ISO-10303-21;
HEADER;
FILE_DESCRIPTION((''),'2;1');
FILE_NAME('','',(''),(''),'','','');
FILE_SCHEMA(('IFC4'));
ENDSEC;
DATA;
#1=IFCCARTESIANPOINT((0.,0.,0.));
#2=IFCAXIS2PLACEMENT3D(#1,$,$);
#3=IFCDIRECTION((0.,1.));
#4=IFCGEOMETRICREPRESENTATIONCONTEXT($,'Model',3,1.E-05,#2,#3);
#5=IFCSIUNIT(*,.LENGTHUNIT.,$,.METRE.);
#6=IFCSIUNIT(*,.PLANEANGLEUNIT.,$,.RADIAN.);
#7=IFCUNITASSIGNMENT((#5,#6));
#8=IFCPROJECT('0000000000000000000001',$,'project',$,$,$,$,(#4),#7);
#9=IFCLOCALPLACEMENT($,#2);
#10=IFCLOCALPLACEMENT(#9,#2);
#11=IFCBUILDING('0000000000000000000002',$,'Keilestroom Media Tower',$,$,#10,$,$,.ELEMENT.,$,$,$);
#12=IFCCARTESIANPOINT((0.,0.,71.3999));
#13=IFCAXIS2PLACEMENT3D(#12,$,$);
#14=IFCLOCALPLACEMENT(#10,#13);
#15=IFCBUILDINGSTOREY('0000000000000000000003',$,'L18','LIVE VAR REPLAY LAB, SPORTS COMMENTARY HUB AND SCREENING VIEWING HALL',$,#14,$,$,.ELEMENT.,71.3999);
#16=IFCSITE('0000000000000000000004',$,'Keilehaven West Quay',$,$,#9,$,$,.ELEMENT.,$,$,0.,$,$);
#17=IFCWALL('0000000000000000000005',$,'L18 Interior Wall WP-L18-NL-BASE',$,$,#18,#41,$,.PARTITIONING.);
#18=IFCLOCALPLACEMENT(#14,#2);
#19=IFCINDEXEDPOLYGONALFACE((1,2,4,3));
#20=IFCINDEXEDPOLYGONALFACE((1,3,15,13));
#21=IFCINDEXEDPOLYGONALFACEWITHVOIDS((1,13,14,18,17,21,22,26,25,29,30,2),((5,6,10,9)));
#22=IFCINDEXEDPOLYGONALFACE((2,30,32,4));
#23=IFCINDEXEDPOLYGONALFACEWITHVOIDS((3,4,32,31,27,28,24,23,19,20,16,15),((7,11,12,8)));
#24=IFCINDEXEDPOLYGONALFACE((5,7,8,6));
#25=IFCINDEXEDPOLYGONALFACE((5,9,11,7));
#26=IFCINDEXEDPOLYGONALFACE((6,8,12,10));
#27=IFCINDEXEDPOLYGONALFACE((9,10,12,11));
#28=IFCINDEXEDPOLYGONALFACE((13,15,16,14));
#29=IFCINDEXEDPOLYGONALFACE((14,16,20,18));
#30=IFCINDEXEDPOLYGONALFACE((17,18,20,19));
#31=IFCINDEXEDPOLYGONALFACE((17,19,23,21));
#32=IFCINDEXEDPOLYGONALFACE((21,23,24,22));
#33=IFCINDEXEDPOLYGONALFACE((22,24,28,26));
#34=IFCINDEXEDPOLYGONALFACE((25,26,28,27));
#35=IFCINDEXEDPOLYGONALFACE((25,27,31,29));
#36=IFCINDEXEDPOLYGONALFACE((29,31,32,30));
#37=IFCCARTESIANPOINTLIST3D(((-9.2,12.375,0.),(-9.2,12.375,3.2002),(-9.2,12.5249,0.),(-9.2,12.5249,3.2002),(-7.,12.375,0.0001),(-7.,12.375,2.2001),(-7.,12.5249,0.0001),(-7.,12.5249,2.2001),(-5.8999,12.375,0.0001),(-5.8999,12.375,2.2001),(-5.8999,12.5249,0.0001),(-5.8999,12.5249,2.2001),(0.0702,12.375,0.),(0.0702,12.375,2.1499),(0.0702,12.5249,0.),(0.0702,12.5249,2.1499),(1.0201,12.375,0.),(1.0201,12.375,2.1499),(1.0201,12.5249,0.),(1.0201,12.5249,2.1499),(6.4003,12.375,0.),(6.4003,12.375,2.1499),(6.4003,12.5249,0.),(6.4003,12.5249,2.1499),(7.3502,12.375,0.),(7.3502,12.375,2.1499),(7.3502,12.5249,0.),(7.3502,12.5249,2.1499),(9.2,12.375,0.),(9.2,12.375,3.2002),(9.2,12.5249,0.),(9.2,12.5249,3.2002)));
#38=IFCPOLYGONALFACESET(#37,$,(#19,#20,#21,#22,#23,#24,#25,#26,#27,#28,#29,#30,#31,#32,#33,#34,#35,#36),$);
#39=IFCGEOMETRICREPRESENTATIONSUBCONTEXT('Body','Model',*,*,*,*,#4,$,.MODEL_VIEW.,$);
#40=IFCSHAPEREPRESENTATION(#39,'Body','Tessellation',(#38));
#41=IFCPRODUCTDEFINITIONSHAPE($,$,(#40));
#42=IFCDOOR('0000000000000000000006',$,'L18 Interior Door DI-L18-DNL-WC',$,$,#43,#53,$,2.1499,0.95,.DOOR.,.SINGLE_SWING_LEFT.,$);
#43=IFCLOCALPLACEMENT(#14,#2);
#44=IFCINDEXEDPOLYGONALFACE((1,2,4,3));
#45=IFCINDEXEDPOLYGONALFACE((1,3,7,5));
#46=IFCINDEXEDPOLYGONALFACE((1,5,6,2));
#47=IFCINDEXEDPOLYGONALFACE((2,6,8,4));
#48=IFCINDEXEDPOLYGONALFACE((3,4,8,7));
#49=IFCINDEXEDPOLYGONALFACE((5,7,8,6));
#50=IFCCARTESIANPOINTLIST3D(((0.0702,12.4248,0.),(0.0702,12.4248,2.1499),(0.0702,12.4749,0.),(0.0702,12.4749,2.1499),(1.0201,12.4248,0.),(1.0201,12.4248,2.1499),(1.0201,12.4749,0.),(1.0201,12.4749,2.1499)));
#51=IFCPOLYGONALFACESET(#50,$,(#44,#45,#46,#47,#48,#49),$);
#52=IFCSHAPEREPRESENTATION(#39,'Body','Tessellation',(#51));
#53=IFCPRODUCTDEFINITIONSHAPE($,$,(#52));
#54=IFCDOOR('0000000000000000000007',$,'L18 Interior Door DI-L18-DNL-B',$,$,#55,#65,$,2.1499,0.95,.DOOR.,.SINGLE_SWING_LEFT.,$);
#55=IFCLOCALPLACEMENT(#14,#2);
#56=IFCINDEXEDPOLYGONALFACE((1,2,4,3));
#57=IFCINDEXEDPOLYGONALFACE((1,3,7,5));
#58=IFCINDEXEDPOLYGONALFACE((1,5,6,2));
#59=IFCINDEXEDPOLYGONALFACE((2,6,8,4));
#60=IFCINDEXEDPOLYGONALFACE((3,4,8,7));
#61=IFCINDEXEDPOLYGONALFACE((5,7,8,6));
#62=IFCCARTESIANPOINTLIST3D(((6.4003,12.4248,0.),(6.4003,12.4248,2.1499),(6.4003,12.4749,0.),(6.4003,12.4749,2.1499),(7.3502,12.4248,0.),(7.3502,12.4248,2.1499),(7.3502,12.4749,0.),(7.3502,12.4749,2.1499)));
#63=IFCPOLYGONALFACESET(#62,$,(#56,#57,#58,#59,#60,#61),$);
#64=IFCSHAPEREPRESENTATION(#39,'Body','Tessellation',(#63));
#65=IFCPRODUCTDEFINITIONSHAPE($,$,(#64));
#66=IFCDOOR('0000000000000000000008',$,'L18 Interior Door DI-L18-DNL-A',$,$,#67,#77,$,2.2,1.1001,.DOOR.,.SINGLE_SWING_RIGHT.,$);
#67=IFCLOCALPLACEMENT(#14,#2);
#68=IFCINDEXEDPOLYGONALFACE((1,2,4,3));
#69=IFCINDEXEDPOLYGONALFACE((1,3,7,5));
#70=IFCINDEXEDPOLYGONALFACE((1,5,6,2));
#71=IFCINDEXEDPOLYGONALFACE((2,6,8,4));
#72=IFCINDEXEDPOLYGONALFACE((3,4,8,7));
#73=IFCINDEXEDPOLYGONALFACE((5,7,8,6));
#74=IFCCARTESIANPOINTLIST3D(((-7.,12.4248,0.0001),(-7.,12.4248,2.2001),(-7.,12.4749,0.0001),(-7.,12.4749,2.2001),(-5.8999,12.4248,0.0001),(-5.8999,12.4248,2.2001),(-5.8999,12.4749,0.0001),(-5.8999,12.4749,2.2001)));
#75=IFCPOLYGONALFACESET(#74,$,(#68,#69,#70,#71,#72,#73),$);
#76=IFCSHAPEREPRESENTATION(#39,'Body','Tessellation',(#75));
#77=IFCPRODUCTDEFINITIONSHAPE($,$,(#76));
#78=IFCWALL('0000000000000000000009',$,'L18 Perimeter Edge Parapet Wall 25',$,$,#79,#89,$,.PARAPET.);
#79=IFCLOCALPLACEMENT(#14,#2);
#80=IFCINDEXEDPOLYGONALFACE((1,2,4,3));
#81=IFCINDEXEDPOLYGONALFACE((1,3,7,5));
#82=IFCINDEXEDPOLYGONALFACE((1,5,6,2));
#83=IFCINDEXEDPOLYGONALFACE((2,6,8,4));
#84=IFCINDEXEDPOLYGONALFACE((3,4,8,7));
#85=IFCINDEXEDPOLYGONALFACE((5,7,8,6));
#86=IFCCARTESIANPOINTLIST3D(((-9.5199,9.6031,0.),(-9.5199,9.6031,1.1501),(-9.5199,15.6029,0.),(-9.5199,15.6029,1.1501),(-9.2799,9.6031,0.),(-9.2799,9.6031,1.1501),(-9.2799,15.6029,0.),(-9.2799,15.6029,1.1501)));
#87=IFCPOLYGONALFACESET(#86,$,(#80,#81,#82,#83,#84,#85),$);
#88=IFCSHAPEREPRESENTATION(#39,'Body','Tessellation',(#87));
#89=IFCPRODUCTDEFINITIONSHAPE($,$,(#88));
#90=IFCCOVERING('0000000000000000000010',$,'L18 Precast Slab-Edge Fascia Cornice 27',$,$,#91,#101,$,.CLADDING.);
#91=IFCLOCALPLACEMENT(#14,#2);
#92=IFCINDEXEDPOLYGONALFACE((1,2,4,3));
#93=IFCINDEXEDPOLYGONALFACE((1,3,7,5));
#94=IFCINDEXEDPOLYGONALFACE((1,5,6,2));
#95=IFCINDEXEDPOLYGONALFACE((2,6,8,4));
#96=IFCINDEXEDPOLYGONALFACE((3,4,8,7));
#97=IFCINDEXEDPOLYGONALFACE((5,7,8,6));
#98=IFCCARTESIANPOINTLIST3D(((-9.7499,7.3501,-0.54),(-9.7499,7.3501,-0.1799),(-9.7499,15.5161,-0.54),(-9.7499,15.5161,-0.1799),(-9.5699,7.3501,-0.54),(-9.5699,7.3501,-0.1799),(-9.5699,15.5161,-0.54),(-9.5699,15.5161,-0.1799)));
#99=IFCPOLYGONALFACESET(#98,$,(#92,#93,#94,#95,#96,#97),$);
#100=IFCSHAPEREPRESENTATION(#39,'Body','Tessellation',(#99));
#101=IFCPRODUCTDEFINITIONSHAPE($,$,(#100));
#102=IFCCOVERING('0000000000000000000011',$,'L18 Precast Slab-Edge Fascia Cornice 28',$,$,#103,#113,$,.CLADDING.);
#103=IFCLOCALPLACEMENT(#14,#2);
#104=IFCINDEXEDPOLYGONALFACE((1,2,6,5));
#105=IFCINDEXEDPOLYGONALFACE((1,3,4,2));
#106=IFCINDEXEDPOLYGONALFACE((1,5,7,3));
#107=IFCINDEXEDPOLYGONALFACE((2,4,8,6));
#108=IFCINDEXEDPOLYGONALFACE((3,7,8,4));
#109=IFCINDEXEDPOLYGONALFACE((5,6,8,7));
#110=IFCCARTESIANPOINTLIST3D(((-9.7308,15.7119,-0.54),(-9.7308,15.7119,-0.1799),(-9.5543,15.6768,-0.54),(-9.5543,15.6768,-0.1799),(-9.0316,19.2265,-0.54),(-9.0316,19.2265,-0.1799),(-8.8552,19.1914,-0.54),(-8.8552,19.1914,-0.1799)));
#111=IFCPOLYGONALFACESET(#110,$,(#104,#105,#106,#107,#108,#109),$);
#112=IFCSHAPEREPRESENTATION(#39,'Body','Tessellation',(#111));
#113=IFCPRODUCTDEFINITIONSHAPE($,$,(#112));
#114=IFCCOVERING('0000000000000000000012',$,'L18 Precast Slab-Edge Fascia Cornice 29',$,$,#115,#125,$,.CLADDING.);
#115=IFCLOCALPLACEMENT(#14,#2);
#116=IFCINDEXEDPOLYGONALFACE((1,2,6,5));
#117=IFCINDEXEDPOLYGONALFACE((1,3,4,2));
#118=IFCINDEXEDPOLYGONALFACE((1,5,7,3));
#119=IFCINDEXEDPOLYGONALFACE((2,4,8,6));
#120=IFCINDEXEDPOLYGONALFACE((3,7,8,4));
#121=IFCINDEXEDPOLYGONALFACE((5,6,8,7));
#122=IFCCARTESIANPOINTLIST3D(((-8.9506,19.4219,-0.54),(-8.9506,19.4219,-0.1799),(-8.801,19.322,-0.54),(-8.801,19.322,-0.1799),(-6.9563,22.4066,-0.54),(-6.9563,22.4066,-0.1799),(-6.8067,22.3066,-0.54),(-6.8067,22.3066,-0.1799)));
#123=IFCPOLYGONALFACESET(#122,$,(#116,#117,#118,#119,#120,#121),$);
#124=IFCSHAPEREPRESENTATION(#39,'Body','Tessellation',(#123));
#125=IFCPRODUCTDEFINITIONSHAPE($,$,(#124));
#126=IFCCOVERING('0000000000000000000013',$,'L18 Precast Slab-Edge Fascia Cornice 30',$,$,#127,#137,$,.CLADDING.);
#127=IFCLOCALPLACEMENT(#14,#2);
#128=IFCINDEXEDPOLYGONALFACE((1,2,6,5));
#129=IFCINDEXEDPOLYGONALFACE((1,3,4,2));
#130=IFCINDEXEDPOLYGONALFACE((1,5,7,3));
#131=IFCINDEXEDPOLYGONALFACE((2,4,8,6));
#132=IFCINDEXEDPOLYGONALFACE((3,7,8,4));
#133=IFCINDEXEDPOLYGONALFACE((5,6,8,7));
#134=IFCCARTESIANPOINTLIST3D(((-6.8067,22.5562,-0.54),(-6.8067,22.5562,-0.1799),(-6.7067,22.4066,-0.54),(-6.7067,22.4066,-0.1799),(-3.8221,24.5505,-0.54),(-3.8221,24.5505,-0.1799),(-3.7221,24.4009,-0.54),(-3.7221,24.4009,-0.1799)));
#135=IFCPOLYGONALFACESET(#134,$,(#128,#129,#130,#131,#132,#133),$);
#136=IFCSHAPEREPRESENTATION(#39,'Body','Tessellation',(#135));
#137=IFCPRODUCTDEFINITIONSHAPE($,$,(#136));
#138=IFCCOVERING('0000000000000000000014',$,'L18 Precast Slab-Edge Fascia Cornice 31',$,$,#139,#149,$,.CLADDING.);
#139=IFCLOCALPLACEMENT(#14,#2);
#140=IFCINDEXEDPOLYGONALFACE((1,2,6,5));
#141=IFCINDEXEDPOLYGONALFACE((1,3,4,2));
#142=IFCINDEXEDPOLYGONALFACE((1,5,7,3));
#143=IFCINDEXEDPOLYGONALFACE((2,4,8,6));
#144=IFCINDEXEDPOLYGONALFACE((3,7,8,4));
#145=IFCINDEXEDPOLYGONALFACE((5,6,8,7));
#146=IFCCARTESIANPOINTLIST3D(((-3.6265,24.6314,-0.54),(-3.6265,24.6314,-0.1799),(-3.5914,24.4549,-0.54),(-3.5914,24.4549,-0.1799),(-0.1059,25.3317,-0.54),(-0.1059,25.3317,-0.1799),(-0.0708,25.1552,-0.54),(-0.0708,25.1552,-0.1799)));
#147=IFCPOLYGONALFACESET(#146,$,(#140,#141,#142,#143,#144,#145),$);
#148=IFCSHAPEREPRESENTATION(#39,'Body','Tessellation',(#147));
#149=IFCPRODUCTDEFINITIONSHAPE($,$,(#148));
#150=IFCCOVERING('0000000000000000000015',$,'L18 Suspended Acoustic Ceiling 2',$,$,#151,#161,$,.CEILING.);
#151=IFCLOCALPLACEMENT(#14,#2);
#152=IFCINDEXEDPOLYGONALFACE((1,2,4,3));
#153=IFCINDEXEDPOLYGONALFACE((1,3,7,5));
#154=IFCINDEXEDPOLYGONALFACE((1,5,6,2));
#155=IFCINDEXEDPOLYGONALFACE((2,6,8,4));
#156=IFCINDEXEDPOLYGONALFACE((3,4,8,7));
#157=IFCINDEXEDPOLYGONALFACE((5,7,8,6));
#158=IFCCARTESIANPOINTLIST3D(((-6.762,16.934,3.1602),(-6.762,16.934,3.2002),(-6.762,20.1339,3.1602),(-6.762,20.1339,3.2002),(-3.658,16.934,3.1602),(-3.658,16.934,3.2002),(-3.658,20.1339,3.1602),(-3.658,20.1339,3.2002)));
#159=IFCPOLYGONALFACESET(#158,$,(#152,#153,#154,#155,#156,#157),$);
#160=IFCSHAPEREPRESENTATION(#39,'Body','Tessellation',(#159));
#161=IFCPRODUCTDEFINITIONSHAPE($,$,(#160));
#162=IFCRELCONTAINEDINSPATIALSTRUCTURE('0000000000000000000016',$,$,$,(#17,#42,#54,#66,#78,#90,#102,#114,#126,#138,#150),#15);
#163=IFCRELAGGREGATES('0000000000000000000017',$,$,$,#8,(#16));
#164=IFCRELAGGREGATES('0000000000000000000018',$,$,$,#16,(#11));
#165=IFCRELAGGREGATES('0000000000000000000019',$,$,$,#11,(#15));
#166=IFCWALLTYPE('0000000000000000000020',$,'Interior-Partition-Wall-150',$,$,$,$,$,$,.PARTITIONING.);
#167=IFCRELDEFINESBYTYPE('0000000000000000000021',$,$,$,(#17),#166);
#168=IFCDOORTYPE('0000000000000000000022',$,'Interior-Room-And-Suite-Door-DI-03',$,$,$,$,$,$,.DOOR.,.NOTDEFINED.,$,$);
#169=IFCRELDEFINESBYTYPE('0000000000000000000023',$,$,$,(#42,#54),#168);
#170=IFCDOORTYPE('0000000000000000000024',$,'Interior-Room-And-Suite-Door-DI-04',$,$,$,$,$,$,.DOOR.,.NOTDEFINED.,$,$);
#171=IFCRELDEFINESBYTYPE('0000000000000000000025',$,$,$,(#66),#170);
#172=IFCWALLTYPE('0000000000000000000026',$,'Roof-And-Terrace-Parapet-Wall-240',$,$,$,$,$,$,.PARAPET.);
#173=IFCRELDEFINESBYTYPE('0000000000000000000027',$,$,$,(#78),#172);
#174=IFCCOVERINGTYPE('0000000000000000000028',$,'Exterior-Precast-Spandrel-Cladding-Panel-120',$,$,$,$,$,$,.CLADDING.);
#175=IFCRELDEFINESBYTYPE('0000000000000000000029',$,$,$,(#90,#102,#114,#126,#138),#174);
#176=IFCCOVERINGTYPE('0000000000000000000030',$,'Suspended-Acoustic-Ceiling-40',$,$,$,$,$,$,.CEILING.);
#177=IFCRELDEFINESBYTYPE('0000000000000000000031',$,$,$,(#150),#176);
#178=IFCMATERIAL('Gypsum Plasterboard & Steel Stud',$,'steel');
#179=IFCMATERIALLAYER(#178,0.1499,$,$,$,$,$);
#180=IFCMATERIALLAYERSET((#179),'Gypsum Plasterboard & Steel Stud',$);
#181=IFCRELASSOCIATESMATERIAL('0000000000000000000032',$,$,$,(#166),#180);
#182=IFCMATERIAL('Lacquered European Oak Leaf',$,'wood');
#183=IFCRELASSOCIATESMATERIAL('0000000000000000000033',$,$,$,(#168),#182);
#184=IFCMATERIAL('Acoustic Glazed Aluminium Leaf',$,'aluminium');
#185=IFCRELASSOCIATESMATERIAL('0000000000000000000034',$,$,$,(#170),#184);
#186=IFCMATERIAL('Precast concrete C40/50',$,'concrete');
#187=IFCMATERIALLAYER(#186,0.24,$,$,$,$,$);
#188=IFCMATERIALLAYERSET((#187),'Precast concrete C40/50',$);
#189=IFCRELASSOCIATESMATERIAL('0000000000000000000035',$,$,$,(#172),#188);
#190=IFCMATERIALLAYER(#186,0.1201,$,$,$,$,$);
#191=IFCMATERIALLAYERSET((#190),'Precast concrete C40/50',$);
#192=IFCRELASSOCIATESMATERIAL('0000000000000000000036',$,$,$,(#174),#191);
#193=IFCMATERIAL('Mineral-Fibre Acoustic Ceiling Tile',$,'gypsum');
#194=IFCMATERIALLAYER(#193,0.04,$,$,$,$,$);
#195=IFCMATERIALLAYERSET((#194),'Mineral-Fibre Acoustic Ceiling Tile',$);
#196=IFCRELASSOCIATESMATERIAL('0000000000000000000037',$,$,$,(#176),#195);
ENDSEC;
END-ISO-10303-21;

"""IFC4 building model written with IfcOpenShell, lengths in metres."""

from ifc_helpers import new_model, si_unit, direction, frame, frame_2d, origin, origin_2d, place, context, subcontext, project, spatial, rectangle, extrude, source, transform, mapped, material, layer, layer_set, type_object, element, fill, save


model = new_model("IFC4")

# Units and contexts
model_context = context("Model", 3, precision=1e-05, world=origin(), true_north=direction((0.0, 1.0)))
body_context = subcontext(model_context, "Body", "Model", "MODEL_VIEW")
ifc_project = project(units=[si_unit("LENGTHUNIT", "METRE"), si_unit("PLANEANGLEUNIT", "RADIAN")], contexts=[model_context])

# Site, building, storey
site_placement = place(None, origin())
site = spatial("IfcSite", under=ifc_project, at=site_placement, Name="Keilehaven West Quay", CompositionType="ELEMENT", RefElevation=0.0)
building_placement = place(site_placement, origin())
building = spatial("IfcBuilding", under=site, at=building_placement, Name="Keilestroom Media Tower", CompositionType="ELEMENT")
storey_placement = place(building_placement, frame((0.0, 0.0, 71.3999)))
storey = spatial("IfcBuildingStorey", under=building, at=storey_placement, Name="L18", Description="LIVE VAR REPLAY LAB, SPORTS COMMENTARY HUB AND SCREENING VIEWING HALL", CompositionType="ELEMENT", Elevation=71.3999)

# Shared definitions
ifc_material_1 = material(Name="Precast concrete C40/50", Category="concrete")
ifc_material_2 = material(Name="Gypsum Plasterboard & Steel Stud", Category="steel")

# Wall, openings, doors
ifc_layer_1 = layer(ifc_material_2, 0.1499)
ifc_layer_set_1 = layer_set([ifc_layer_1], Name="Gypsum Plasterboard & Steel Stud")
wall_type_1 = type_object("IfcWallType", Name="Interior-Partition-Wall-150", PredefinedType="PARTITIONING", material=ifc_layer_set_1)
wall_1_placement = place(storey_placement, frame((-9.2, 12.45, 0.0), z_axis=(0.0, 0.0, 1.0), x_axis=(1.0, 0.0, 0.0)))
wall_1 = element("IfcWall", 1, at=wall_1_placement, inside=storey, type_object=wall_type_1, Name="L18 Interior Wall WP-L18-NL-BASE", PredefinedType="PARTITIONING", context=body_context, shape_type="SweptSolid", body=[
    extrude(rectangle(XDim=18.3999, YDim=0.1499, at=frame_2d((9.2, 0.0))), origin(), (0.0, 0.0, 1.0), 3.2002),
])
opening_1_placement = place(wall_1_placement, frame((9.27, 0.0, 0.0)))
opening_1 = element("IfcOpeningElement", 2, at=opening_1_placement, cuts=wall_1, PredefinedType="OPENING", context=body_context, shape_type="SweptSolid", body=[
    extrude(rectangle(XDim=0.95, YDim=2.1499, at=frame_2d((0.4751, 1.075))), frame((0.0, 0.085, 0.0), z_axis=(0.0, -1.0, 0.0), x_axis=(1.0, 0.0, 0.0)), (0.0, 0.0, 1.0), 0.1699),
])
opening_2_placement = place(wall_1_placement, frame((2.2, 0.0, 0.0)))
opening_2 = element("IfcOpeningElement", 3, at=opening_2_placement, cuts=wall_1, PredefinedType="OPENING", context=body_context, shape_type="SweptSolid", body=[
    extrude(rectangle(XDim=1.1001, YDim=2.2, at=frame_2d((0.55, 1.1001))), frame((0.0, 0.085, 0.0), z_axis=(0.0, -1.0, 0.0), x_axis=(1.0, 0.0, 0.0)), (0.0, 0.0, 1.0), 0.1699),
])
opening_3_placement = place(wall_1_placement, frame((15.6001, 0.0, 0.0)))
opening_3 = element("IfcOpeningElement", 4, at=opening_3_placement, cuts=wall_1, PredefinedType="OPENING", context=body_context, shape_type="SweptSolid", body=[
    extrude(rectangle(XDim=0.95, YDim=2.1499, at=frame_2d((0.4751, 1.075))), frame((0.0, 0.085, 0.0), z_axis=(0.0, -1.0, 0.0), x_axis=(1.0, 0.0, 0.0)), (0.0, 0.0, 1.0), 0.1699),
])
ifc_material_3 = material(Name="Lacquered European Oak Leaf", Category="wood")
door_type_1 = type_object("IfcDoorType", Name="Interior-Room-And-Suite-Door-DI-03", OperationType="NOTDEFINED", PredefinedType="DOOR", material=ifc_material_3)
shared_shape_1 = source(origin(), body_context, "Body", "SweptSolid", [
    extrude(rectangle(XDim=0.95, YDim=2.1499, at=frame_2d((0.4751, 1.075))), frame((0.0, 0.0249, 0.0), z_axis=(0.0, -1.0, 0.0), x_axis=(1.0, 0.0, 0.0)), (0.0, 0.0, 1.0), 0.05),
])
door_1_placement = place(opening_1_placement, origin())
door_1 = element("IfcDoor", 5, at=door_1_placement, inside=storey, type_object=door_type_1, Name="L18 Interior Door DI-L18-DNL-WC", OperationType="SINGLE_SWING_LEFT", OverallHeight=2.1499, OverallWidth=0.95, PredefinedType="DOOR", context=body_context, shape_type="MappedRepresentation", body=[
    mapped(shared_shape_1, transform((0.0, 0.0, 0.0), x_axis=(1.0, 0.0, 0.0), y_axis=(0.0, 1.0, 0.0), z_axis=(0.0, 0.0, 1.0), scale=1.0)),
])
fill(opening_1, door_1)
door_2_placement = place(opening_3_placement, origin())
door_2 = element("IfcDoor", 6, at=door_2_placement, inside=storey, type_object=door_type_1, Name="L18 Interior Door DI-L18-DNL-B", OperationType="SINGLE_SWING_LEFT", OverallHeight=2.1499, OverallWidth=0.95, PredefinedType="DOOR", context=body_context, shape_type="MappedRepresentation", body=[
    mapped(shared_shape_1, transform((0.0, 0.0, 0.0), x_axis=(1.0, 0.0, 0.0), y_axis=(0.0, 1.0, 0.0), z_axis=(0.0, 0.0, 1.0), scale=1.0)),
])
fill(opening_3, door_2)
ifc_material_4 = material(Name="Acoustic Glazed Aluminium Leaf", Category="aluminium")
door_type_2 = type_object("IfcDoorType", Name="Interior-Room-And-Suite-Door-DI-04", OperationType="NOTDEFINED", PredefinedType="DOOR", material=ifc_material_4)
shared_shape_2 = source(origin(), body_context, "Body", "SweptSolid", [
    extrude(rectangle(XDim=1.1001, YDim=2.2, at=frame_2d((0.55, 1.1001))), frame((0.0, 0.0249, 0.0), z_axis=(0.0, -1.0, 0.0), x_axis=(1.0, 0.0, 0.0)), (0.0, 0.0, 1.0), 0.05),
])
door_3_placement = place(opening_2_placement, origin())
door_3 = element("IfcDoor", 7, at=door_3_placement, inside=storey, type_object=door_type_2, Name="L18 Interior Door DI-L18-DNL-A", OperationType="SINGLE_SWING_RIGHT", OverallHeight=2.2, OverallWidth=1.1001, PredefinedType="DOOR", context=body_context, shape_type="MappedRepresentation", body=[
    mapped(shared_shape_2, transform((0.0, 0.0, 0.0), x_axis=(1.0, 0.0, 0.0), y_axis=(0.0, 1.0, 0.0), z_axis=(0.0, 0.0, 1.0), scale=1.0)),
])
fill(opening_2, door_3)

# Wall
ifc_layer_2 = layer(ifc_material_1, 0.24)
ifc_layer_set_2 = layer_set([ifc_layer_2], Name="Precast concrete C40/50")
wall_type_2 = type_object("IfcWallType", Name="Roof-And-Terrace-Parapet-Wall-240", PredefinedType="PARAPET", material=ifc_layer_set_2)
wall_2_placement = place(storey_placement, frame((-9.3999, 9.603, 0.0), z_axis=(0.0, 0.0, 1.0), x_axis=(0.0, 1.0, 0.0)))
element("IfcWall", 8, at=wall_2_placement, inside=storey, type_object=wall_type_2, Name="L18 Perimeter Edge Parapet Wall 25", PredefinedType="PARAPET", context=body_context, shape_type="SweptSolid", body=[
    extrude(rectangle(XDim=5.9998, YDim=0.24, at=frame_2d((3.0, 0.0))), origin(), (0.0, 0.0, 1.0), 1.1501),
])

# Coverings
ifc_layer_3 = layer(ifc_material_1, 0.1201)
ifc_layer_set_3 = layer_set([ifc_layer_3], Name="Precast concrete C40/50")
covering_type_1 = type_object("IfcCoveringType", Name="Exterior-Precast-Spandrel-Cladding-Panel-120", PredefinedType="CLADDING", material=ifc_layer_set_3)
shared_shape_3 = source(origin(), body_context, "Body", "SweptSolid", [
    extrude(rectangle(XDim=8.166, YDim=0.1799, at=origin_2d()), origin(), (0.0, 0.0, 1.0), 0.3601),
])
covering_1_placement = place(storey_placement, frame((-9.6599, 11.4331, -0.54), z_axis=(0.0, 0.0, 1.0), x_axis=(0.0, 1.0, 0.0)))
element("IfcCovering", 9, at=covering_1_placement, inside=storey, type_object=covering_type_1, Name="L18 Precast Slab-Edge Fascia Cornice 27", PredefinedType="CLADDING", context=body_context, shape_type="MappedRepresentation", body=[
    mapped(shared_shape_3, transform((0.0, 0.0, 0.0), x_axis=(1.0, 0.0, 0.0), y_axis=(0.0, 1.0, 0.0), z_axis=(0.0, 0.0, 1.0), scale=1.0)),
])
shared_shape_4 = source(origin(), body_context, "Body", "SweptSolid", [
    extrude(rectangle(XDim=3.5835, YDim=0.1799, at=origin_2d()), origin(), (0.0, 0.0, 1.0), 0.3601),
])
covering_2_placement = place(storey_placement, frame((-9.293, 17.4517, -0.54), z_axis=(0.0, 0.0, 1.0), x_axis=(0.195099, 0.980784, 0.0)))
element("IfcCovering", 10, at=covering_2_placement, inside=storey, type_object=covering_type_1, Name="L18 Precast Slab-Edge Fascia Cornice 28", PredefinedType="CLADDING", context=body_context, shape_type="MappedRepresentation", body=[
    mapped(shared_shape_4, transform((0.0, 0.0, 0.0), x_axis=(1.0, 0.0, 0.0), y_axis=(0.0, 1.0, 0.0), z_axis=(0.0, 0.0, 1.0), scale=1.0)),
])
shared_shape_5 = source(origin(), body_context, "Body", "SweptSolid", [
    extrude(rectangle(XDim=3.5896, YDim=0.1799, at=origin_2d()), origin(), (0.0, 0.0, 1.0), 0.3601),
])
for number, where, z_axis, x_axis, name in (
    (11, (-7.8787, 20.8643, -0.54), (0.0, 0.0, 1.0), (0.555575, 0.831467, 0.0), "L18 Precast Slab-Edge Fascia Cornice 29"),
    (12, (-5.2644, 23.4785, -0.54), (0.0, 0.0, 1.0), (0.831467, 0.555575, 0.0), "L18 Precast Slab-Edge Fascia Cornice 30"),
    (13, (-1.8486, 24.8933, -0.54), (0.0, 0.0, 1.0), (0.980784, 0.195099, 0.0), "L18 Precast Slab-Edge Fascia Cornice 31"),
):
    element("IfcCovering", number, at=place(storey_placement, frame(where, z_axis=z_axis, x_axis=x_axis)), inside=storey, type_object=covering_type_1, Name=name, PredefinedType="CLADDING", context=body_context, shape_type="MappedRepresentation", body=[
        mapped(shared_shape_5, transform((0.0, 0.0, 0.0), x_axis=(1.0, 0.0, 0.0), y_axis=(0.0, 1.0, 0.0), z_axis=(0.0, 0.0, 1.0), scale=1.0)),
    ])
ifc_material_5 = material(Name="Mineral-Fibre Acoustic Ceiling Tile", Category="gypsum")
ifc_layer_4 = layer(ifc_material_5, 0.04)
ifc_layer_set_4 = layer_set([ifc_layer_4], Name="Mineral-Fibre Acoustic Ceiling Tile")
covering_type_2 = type_object("IfcCoveringType", Name="Suspended-Acoustic-Ceiling-40", PredefinedType="CEILING", material=ifc_layer_set_4)
shared_shape_6 = source(origin(), body_context, "Body", "SweptSolid", [
    extrude(rectangle(XDim=3.104, YDim=3.2, at=origin_2d()), origin(), (0.0, 0.0, 1.0), 0.04),
])
covering_3_placement = place(storey_placement, frame((-5.21, 18.5339, 3.1602), z_axis=(0.0, 0.0, 1.0), x_axis=(1.0, 0.0, 0.0)))
element("IfcCovering", 14, at=covering_3_placement, inside=storey, type_object=covering_type_2, Name="L18 Suspended Acoustic Ceiling 2", PredefinedType="CEILING", context=body_context, shape_type="MappedRepresentation", body=[
    mapped(shared_shape_6, transform((0.0, 0.0, 0.0), x_axis=(1.0, 0.0, 0.0), y_axis=(0.0, 1.0, 0.0), z_axis=(0.0, 0.0, 1.0), scale=1.0)),
])

save(model, "model.ifc")
